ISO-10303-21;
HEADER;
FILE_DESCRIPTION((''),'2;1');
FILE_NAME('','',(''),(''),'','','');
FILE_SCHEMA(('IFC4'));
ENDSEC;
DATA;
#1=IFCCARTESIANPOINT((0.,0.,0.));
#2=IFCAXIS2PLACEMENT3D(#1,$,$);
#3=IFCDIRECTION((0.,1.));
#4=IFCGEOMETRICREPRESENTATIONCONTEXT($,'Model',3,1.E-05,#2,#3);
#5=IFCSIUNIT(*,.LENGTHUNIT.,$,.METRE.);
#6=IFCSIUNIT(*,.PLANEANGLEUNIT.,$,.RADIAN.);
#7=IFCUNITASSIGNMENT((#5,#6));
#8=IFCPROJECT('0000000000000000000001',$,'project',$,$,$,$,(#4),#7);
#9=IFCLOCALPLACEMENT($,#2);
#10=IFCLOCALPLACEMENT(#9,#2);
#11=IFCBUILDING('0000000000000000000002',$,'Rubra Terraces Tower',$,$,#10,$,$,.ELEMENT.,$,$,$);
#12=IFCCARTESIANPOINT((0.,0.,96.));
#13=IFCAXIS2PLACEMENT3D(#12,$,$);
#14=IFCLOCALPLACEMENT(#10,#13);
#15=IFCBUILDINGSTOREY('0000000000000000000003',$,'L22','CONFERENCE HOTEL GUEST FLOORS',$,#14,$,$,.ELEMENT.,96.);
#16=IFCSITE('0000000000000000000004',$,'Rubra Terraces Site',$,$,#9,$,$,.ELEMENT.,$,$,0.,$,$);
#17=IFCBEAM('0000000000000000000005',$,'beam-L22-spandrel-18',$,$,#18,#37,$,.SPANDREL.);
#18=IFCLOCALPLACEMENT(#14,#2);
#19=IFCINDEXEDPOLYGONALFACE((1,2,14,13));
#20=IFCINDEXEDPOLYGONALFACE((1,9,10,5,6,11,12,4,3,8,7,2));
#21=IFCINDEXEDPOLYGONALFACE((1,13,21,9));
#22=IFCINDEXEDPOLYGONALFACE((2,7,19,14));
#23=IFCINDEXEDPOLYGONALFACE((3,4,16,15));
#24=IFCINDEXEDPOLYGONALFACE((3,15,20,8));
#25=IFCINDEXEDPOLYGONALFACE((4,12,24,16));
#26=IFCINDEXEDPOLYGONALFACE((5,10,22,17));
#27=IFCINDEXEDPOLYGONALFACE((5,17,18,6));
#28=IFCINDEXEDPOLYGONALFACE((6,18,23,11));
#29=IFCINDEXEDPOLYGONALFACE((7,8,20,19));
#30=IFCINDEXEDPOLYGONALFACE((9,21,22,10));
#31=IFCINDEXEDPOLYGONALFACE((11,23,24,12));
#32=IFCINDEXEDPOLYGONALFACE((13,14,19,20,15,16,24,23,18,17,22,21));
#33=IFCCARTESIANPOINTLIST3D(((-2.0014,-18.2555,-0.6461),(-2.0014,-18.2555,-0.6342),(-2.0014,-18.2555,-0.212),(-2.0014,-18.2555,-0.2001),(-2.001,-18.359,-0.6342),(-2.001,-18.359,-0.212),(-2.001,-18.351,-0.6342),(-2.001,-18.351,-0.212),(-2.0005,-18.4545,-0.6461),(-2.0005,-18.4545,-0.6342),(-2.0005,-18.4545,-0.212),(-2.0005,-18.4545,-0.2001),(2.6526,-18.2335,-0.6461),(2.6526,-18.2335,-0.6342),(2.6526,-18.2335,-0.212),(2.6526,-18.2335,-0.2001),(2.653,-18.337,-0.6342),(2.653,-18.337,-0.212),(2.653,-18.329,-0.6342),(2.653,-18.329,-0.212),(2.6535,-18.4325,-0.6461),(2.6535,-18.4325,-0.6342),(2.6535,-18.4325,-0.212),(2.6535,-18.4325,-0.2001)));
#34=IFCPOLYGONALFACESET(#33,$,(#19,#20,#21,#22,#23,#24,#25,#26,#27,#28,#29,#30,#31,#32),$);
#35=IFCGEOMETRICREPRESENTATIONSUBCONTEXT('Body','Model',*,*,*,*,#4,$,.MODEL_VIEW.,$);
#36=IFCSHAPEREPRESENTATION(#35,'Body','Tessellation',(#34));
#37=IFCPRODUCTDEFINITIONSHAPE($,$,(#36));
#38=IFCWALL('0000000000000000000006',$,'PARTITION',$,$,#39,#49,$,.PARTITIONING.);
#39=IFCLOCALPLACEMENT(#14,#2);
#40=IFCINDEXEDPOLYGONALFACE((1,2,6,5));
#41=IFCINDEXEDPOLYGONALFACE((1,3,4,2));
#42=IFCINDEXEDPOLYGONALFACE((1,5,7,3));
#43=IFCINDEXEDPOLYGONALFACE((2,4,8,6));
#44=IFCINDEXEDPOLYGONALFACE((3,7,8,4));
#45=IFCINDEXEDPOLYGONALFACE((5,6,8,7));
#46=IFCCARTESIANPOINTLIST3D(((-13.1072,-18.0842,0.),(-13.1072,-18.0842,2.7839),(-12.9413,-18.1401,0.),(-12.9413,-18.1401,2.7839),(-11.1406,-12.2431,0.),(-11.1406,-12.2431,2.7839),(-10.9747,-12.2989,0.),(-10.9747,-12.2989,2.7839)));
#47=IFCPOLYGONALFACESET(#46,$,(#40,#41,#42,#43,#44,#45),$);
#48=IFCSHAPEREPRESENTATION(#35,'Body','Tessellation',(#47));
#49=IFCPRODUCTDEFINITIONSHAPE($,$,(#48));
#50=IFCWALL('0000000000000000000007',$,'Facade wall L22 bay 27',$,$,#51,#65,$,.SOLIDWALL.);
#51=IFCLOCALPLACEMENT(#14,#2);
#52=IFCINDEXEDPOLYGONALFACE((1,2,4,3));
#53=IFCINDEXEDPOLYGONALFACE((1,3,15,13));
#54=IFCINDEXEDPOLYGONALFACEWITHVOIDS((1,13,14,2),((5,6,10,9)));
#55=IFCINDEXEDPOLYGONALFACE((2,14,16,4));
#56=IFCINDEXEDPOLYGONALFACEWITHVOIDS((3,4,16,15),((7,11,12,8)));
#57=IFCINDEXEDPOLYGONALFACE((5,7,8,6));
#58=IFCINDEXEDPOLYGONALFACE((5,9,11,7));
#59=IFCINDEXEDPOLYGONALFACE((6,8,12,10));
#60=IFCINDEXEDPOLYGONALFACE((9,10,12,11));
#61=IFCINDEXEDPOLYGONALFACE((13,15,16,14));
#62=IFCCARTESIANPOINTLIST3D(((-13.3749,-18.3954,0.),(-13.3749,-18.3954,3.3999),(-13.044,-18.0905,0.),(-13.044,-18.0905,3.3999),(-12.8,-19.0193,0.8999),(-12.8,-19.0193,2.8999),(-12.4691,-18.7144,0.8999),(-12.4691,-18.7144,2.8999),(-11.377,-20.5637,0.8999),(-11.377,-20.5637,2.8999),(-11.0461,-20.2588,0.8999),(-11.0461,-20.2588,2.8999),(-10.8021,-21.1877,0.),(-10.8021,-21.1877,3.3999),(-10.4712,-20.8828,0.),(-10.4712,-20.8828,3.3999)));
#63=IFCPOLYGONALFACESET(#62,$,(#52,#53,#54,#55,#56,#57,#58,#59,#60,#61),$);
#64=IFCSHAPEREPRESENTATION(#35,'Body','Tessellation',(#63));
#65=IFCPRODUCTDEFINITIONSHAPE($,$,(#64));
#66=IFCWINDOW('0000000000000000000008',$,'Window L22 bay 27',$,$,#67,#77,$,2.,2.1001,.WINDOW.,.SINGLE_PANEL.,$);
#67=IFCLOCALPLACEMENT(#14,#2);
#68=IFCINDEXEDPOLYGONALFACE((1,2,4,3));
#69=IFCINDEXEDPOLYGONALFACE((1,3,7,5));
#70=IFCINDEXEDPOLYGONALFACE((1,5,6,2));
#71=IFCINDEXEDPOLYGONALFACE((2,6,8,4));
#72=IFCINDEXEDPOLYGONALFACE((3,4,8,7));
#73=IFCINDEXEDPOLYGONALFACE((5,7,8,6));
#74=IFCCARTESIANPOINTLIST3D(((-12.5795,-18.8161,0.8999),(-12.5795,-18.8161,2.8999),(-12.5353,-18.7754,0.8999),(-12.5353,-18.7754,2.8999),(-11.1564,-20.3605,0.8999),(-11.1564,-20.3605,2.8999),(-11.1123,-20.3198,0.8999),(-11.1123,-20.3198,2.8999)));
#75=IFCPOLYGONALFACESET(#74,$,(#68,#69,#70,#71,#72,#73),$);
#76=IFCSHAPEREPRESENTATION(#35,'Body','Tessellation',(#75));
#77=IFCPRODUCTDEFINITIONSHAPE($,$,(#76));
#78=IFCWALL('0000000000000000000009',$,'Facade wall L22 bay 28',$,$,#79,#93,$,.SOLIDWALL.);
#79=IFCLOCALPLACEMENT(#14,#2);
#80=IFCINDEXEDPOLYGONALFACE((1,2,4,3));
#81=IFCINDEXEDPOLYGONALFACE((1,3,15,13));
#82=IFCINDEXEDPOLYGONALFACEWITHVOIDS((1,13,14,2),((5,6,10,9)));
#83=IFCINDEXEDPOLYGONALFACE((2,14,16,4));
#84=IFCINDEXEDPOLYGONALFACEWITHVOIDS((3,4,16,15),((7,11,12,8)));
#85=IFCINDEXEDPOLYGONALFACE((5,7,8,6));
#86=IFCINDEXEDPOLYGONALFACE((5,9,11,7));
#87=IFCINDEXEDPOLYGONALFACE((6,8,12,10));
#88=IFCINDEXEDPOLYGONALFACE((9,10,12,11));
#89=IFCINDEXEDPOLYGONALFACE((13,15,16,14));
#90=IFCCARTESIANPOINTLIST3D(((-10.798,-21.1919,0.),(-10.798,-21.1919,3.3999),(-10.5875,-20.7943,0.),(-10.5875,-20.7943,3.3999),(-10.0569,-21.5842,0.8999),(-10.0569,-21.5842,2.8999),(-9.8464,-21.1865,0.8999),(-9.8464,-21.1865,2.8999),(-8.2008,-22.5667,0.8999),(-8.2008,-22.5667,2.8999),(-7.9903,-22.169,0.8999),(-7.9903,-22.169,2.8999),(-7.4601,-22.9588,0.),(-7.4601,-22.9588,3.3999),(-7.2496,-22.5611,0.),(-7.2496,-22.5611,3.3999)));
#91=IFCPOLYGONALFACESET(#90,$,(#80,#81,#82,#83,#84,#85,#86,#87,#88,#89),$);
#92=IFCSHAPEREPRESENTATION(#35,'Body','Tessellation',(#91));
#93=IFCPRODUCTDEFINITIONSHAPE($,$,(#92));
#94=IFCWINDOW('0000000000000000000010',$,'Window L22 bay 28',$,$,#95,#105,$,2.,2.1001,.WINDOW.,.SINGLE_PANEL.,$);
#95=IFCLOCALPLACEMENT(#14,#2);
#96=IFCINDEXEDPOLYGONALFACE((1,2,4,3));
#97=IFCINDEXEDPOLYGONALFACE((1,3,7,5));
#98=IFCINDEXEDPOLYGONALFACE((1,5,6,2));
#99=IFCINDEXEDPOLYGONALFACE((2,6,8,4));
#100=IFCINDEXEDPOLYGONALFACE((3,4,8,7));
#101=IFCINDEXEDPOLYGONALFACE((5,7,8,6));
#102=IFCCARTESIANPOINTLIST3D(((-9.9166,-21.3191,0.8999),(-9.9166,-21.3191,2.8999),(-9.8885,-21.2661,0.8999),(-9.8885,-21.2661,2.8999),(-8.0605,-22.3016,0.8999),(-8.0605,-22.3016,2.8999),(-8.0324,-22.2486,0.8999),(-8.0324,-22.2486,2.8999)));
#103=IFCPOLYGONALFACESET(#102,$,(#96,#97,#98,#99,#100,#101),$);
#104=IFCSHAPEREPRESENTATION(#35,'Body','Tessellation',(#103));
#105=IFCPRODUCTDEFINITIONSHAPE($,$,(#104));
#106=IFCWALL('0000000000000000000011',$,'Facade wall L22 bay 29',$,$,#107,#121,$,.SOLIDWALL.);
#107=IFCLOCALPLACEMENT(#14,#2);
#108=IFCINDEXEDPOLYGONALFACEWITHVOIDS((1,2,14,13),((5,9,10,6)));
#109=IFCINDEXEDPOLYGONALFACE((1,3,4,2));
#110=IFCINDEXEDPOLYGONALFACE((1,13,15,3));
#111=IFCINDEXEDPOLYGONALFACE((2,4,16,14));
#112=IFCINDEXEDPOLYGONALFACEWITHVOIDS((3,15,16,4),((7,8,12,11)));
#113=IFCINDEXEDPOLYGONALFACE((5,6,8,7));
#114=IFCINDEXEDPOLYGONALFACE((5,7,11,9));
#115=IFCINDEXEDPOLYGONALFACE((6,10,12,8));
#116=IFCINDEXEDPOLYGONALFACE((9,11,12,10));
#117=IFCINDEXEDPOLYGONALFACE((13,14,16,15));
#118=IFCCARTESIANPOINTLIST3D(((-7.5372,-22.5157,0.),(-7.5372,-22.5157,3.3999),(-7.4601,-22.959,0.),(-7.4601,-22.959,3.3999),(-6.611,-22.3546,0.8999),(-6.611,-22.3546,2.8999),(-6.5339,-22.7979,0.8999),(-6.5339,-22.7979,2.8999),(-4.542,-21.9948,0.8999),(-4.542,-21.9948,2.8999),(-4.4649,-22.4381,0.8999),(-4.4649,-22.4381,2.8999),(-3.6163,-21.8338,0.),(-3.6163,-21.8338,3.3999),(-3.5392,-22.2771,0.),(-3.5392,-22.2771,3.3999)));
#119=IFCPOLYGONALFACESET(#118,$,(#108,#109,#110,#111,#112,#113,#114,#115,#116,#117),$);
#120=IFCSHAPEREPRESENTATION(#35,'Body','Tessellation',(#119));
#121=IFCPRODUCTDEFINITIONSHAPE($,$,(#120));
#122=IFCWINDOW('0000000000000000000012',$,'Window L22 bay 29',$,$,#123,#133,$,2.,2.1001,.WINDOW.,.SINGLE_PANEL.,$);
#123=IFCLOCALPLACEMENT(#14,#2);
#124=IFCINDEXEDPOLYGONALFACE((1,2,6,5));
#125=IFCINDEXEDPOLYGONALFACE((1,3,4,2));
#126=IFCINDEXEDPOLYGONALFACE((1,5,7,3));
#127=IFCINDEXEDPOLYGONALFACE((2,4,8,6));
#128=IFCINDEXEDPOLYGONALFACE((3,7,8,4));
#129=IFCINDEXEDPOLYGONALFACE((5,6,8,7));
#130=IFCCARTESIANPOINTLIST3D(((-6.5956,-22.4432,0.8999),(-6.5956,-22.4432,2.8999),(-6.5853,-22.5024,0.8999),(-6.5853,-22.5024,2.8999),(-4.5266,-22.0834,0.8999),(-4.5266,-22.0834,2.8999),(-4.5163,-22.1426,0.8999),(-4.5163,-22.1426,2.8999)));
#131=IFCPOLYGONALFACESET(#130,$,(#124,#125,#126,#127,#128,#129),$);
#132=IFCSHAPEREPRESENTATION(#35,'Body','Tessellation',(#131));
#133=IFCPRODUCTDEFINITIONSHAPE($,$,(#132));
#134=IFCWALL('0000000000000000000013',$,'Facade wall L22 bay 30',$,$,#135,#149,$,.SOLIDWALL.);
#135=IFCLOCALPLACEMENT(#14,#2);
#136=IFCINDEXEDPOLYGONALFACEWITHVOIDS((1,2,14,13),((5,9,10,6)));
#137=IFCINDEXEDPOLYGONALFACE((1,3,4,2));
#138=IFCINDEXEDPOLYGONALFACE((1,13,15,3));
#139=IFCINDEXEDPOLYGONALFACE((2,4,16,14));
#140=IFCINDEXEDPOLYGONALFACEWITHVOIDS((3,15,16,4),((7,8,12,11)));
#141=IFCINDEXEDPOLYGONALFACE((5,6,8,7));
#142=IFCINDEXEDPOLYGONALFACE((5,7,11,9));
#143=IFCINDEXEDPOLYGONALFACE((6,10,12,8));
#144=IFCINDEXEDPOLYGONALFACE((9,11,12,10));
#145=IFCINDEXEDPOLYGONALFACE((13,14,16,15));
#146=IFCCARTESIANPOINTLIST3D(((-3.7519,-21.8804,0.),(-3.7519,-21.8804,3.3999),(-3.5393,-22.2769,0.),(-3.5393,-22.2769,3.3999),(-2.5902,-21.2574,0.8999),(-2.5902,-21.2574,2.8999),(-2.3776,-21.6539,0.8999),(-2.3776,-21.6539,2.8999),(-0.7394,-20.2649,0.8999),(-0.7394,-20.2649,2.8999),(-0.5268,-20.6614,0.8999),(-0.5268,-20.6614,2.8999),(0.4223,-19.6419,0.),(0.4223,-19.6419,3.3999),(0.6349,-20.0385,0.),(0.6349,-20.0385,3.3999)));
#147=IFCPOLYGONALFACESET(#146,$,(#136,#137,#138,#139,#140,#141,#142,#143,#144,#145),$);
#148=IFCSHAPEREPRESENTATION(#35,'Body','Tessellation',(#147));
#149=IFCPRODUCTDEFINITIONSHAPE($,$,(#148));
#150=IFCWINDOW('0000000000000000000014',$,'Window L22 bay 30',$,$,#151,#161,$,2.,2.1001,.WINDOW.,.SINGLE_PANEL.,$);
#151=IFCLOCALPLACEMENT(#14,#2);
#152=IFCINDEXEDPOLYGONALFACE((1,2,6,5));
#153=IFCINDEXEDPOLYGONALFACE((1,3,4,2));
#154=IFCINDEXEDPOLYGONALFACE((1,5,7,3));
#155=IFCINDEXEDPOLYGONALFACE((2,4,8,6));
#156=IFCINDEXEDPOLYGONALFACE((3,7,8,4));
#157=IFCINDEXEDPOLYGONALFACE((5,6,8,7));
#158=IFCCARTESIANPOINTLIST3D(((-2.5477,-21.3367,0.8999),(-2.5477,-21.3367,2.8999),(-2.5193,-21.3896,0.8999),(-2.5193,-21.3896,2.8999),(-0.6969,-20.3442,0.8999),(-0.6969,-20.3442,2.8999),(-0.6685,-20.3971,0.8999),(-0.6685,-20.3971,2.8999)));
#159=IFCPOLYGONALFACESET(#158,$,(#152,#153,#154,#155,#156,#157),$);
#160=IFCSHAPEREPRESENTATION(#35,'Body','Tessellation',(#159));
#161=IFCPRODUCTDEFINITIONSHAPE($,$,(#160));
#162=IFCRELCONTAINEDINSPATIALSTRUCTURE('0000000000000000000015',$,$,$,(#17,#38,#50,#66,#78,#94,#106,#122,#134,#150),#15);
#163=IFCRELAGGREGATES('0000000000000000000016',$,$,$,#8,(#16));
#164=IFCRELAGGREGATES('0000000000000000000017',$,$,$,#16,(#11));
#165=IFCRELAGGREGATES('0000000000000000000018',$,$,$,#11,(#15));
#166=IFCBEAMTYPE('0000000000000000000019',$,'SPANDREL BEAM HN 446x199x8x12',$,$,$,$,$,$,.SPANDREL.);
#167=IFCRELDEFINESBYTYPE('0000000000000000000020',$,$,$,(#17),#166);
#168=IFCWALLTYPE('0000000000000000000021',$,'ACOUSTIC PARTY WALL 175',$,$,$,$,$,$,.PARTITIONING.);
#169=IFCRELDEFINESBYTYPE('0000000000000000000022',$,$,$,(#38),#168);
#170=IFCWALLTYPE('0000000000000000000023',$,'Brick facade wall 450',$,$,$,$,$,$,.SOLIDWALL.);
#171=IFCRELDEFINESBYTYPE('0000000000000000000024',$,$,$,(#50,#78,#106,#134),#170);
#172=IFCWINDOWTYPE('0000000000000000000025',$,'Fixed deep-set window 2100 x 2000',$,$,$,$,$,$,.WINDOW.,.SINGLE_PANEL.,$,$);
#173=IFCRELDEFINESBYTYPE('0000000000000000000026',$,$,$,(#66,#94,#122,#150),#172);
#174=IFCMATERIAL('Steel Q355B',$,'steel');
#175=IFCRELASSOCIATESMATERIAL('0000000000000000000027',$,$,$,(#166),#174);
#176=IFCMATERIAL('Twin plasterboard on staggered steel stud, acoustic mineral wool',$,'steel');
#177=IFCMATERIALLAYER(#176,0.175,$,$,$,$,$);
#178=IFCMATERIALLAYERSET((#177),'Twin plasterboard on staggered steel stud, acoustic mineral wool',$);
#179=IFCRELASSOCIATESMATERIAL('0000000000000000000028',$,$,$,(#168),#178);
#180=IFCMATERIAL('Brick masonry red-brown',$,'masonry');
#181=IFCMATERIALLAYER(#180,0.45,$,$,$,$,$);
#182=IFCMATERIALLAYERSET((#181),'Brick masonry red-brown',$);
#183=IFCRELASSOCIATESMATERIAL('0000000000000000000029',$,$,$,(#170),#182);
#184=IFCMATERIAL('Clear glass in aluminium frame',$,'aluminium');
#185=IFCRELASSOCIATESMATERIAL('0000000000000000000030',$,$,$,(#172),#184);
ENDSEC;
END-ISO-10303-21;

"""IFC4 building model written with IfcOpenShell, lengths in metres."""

from ifc_helpers import new_model, si_unit, direction, frame, frame_2d, origin, origin_2d, place, context, subcontext, project, spatial, rectangle, i_section, extrude, material, layer, layer_set, material_profile, profile_set, type_object, element, fill, save


model = new_model("IFC4")

# Units and contexts
model_context = context("Model", 3, precision=1e-05, world=origin(), true_north=direction((0.0, 1.0)))
body_context = subcontext(model_context, "Body", "Model", "MODEL_VIEW")
ifc_project = project(units=[si_unit("LENGTHUNIT", "METRE"), si_unit("PLANEANGLEUNIT", "RADIAN")], contexts=[model_context])

# Site, building, storey
site_placement = place(None, origin())
site = spatial("IfcSite", under=ifc_project, at=site_placement, Name="Rubra Terraces Site", CompositionType="ELEMENT", RefElevation=0.0)
building_placement = place(site_placement, origin())
building = spatial("IfcBuilding", under=site, at=building_placement, Name="Rubra Terraces Tower", CompositionType="ELEMENT")
storey_placement = place(building_placement, frame((0.0, 0.0, 96.0)))
storey = spatial("IfcBuildingStorey", under=building, at=storey_placement, Name="L22", Description="CONFERENCE HOTEL GUEST FLOORS", CompositionType="ELEMENT", Elevation=96.0)

# Beam
ifc_material_1 = material(Name="Steel Q355B", Category="steel")
ifc_material_profile_1 = material_profile(ifc_material_1, i_section(OverallWidth=0.199, OverallDepth=0.446, WebThickness=0.0081, FlangeThickness=0.012, at=origin_2d()), Name="HN 446x199x8x12")
ifc_profile_set_1 = profile_set([ifc_material_profile_1], Name="Steel Q355B")
beam_type_1 = type_object("IfcBeamType", Name="SPANDREL BEAM HN 446x199x8x12", PredefinedType="SPANDREL", material=ifc_profile_set_1)
beam_1_placement = place(storey_placement, frame((-2.001, -18.355, -0.4231), z_axis=(0.999989, 0.004721, 0.0), x_axis=(-0.004721, 0.999989, 0.0)))
element("IfcBeam", 1, at=beam_1_placement, inside=storey, type_object=beam_type_1, Name="beam-L22-spandrel-18", PredefinedType="SPANDREL", context=body_context, shape_type="SweptSolid", body=[
    extrude(i_section(OverallWidth=0.199, OverallDepth=0.446, WebThickness=0.0081, FlangeThickness=0.012, at=origin_2d()), origin(), (0.0, 0.0, 1.0), 4.6541),
])

# Wall
ifc_material_2 = material(Name="Twin plasterboard on staggered steel stud, acoustic mineral wool", Category="steel")
ifc_layer_1 = layer(ifc_material_2, 0.175)
ifc_layer_set_1 = layer_set([ifc_layer_1], Name="Twin plasterboard on staggered steel stud, acoustic mineral wool")
wall_type_1 = type_object("IfcWallType", Name="ACOUSTIC PARTY WALL 175", PredefinedType="PARTITIONING", material=ifc_layer_set_1)
wall_1_placement = place(storey_placement, frame((-13.0242, -18.1121, 0.0), z_axis=(0.0, 0.0, 1.0), x_axis=(0.319078, 0.947728, 0.0)))
element("IfcWall", 2, at=wall_1_placement, inside=storey, type_object=wall_type_1, Name="PARTITION", PredefinedType="PARTITIONING", context=body_context, shape_type="SweptSolid", body=[
    extrude(rectangle(XDim=6.1633, YDim=0.175, at=frame_2d((3.0815, 0.0))), origin(), (0.0, 0.0, 1.0), 2.7839),
])

# Walls, openings, windows
ifc_material_3 = material(Name="Brick masonry red-brown", Category="masonry")
ifc_layer_2 = layer(ifc_material_3, 0.45)
ifc_layer_set_2 = layer_set([ifc_layer_2], Name="Brick masonry red-brown")
wall_type_2 = type_object("IfcWallType", Name="Brick facade wall 450", PredefinedType="SOLIDWALL", material=ifc_layer_set_2)
wall_2_placement = place(storey_placement, frame((-13.2095, -18.2429, 0.0), z_axis=(0.0, 0.0, 1.0), x_axis=(0.677612, -0.735419, 0.0)))
wall_2 = element("IfcWall", 3, at=wall_2_placement, inside=storey, type_object=wall_type_2, Name="Facade wall L22 bay 27", PredefinedType="SOLIDWALL", context=body_context, shape_type="SweptSolid", body=[
    extrude(rectangle(XDim=3.7969, YDim=0.45, at=frame_2d((1.8984, 0.0))), origin(), (0.0, 0.0, 1.0), 3.3999),
])
opening_1_placement = place(wall_2_placement, frame((0.8484, 0.0, 0.8999)))
opening_1 = element("IfcOpeningElement", 4, at=opening_1_placement, cuts=wall_2, PredefinedType="OPENING", context=body_context, shape_type="SweptSolid", body=[
    extrude(rectangle(XDim=2.1001, YDim=2.0, at=frame_2d((1.05, 1.0))), frame((0.0, 0.2349, 0.0), z_axis=(0.0, -1.0, 0.0), x_axis=(1.0, 0.0, 0.0)), (0.0, 0.0, 1.0), 0.47),
])
ifc_material_4 = material(Name="Clear glass in aluminium frame", Category="aluminium")
window_type = type_object("IfcWindowType", Name="Fixed deep-set window 2100 x 2000", PartitioningType="SINGLE_PANEL", PredefinedType="WINDOW", material=ifc_material_4)
window_1_placement = place(opening_1_placement, origin())
window_1 = element("IfcWindow", 5, at=window_1_placement, inside=storey, type_object=window_type, Name="Window L22 bay 27", OverallHeight=2.0, OverallWidth=2.1001, PartitioningType="SINGLE_PANEL", PredefinedType="WINDOW", context=body_context, shape_type="SweptSolid", body=[
    extrude(rectangle(XDim=2.1001, YDim=2.0, at=frame_2d((1.05, 1.0))), frame((0.0, 0.135, 0.0), z_axis=(0.0, -1.0, 0.0), x_axis=(1.0, 0.0, 0.0)), (0.0, 0.0, 1.0), 0.0601),
])
fill(opening_1, window_1)
wall_3_placement = place(storey_placement, frame((-10.6926, -20.9932, 0.0), z_axis=(0.0, 0.0, 1.0), x_axis=(0.883818, -0.467831, 0.0)))
wall_3 = element("IfcWall", 6, at=wall_3_placement, inside=storey, type_object=wall_type_2, Name="Facade wall L22 bay 28", PredefinedType="SOLIDWALL", context=body_context, shape_type="SweptSolid", body=[
    extrude(rectangle(XDim=3.7766, YDim=0.45, at=frame_2d((1.8882, 0.0))), origin(), (0.0, 0.0, 1.0), 3.3999),
])
opening_2_placement = place(wall_3_placement, frame((0.8384, 0.0, 0.8999)))
opening_2 = element("IfcOpeningElement", 7, at=opening_2_placement, cuts=wall_3, PredefinedType="OPENING", context=body_context, shape_type="SweptSolid", body=[
    extrude(rectangle(XDim=2.1001, YDim=2.0, at=frame_2d((1.05, 1.0))), frame((0.0, 0.2349, 0.0), z_axis=(0.0, -1.0, 0.0), x_axis=(1.0, 0.0, 0.0)), (0.0, 0.0, 1.0), 0.47),
])
window_2_placement = place(opening_2_placement, origin())
window_2 = element("IfcWindow", 8, at=window_2_placement, inside=storey, type_object=window_type, Name="Window L22 bay 28", OverallHeight=2.0, OverallWidth=2.1001, PartitioningType="SINGLE_PANEL", PredefinedType="WINDOW", context=body_context, shape_type="SweptSolid", body=[
    extrude(rectangle(XDim=2.1001, YDim=2.0, at=frame_2d((1.05, 1.0))), frame((0.0, 0.135, 0.0), z_axis=(0.0, -1.0, 0.0), x_axis=(1.0, 0.0, 0.0)), (0.0, 0.0, 1.0), 0.0601),
])
fill(opening_2, window_2)
wall_4_placement = place(storey_placement, frame((-7.4985, -22.7373, 0.0), z_axis=(0.0, 0.0, 1.0), x_axis=(0.985212, 0.171339, 0.0)))
wall_4 = element("IfcWall", 9, at=wall_4_placement, inside=storey, type_object=wall_type_2, Name="Facade wall L22 bay 29", PredefinedType="SOLIDWALL", context=body_context, shape_type="SweptSolid", body=[
    extrude(rectangle(XDim=3.9797, YDim=0.45, at=frame_2d((1.9897, 0.0))), origin(), (0.0, 0.0, 1.0), 3.3999),
])
opening_3_placement = place(wall_4_placement, frame((0.9399, 0.0, 0.8999)))
opening_3 = element("IfcOpeningElement", 10, at=opening_3_placement, cuts=wall_4, PredefinedType="OPENING", context=body_context, shape_type="SweptSolid", body=[
    extrude(rectangle(XDim=2.1001, YDim=2.0, at=frame_2d((1.05, 1.0))), frame((0.0, 0.2349, 0.0), z_axis=(0.0, -1.0, 0.0), x_axis=(1.0, 0.0, 0.0)), (0.0, 0.0, 1.0), 0.47),
])
window_3_placement = place(opening_3_placement, origin())
window_3 = element("IfcWindow", 11, at=window_3_placement, inside=storey, type_object=window_type, Name="Window L22 bay 29", OverallHeight=2.0, OverallWidth=2.1001, PartitioningType="SINGLE_PANEL", PredefinedType="WINDOW", context=body_context, shape_type="SweptSolid", body=[
    extrude(rectangle(XDim=2.1001, YDim=2.0, at=frame_2d((1.05, 1.0))), frame((0.0, 0.135, 0.0), z_axis=(0.0, -1.0, 0.0), x_axis=(1.0, 0.0, 0.0)), (0.0, 0.0, 1.0), 0.0601),
])
fill(opening_3, window_3)
wall_5_placement = place(storey_placement, frame((-3.6455, -22.0786, 0.0), z_axis=(0.0, 0.0, 1.0), x_axis=(0.881279, 0.472596, 0.0)))
wall_5 = element("IfcWall", 12, at=wall_5_placement, inside=storey, type_object=wall_type_2, Name="Facade wall L22 bay 30", PredefinedType="SOLIDWALL", context=body_context, shape_type="SweptSolid", body=[
    extrude(rectangle(XDim=4.7366, YDim=0.45, at=frame_2d((2.3682, 0.0))), origin(), (0.0, 0.0, 1.0), 3.3999),
])
opening_4_placement = place(wall_5_placement, frame((1.3181, 0.0, 0.8999)))
opening_4 = element("IfcOpeningElement", 13, at=opening_4_placement, cuts=wall_5, PredefinedType="OPENING", context=body_context, shape_type="SweptSolid", body=[
    extrude(rectangle(XDim=2.1001, YDim=2.0, at=frame_2d((1.05, 1.0))), frame((0.0, 0.2349, 0.0), z_axis=(0.0, -1.0, 0.0), x_axis=(1.0, 0.0, 0.0)), (0.0, 0.0, 1.0), 0.47),
])
window_4_placement = place(opening_4_placement, origin())
window_4 = element("IfcWindow", 14, at=window_4_placement, inside=storey, type_object=window_type, Name="Window L22 bay 30", OverallHeight=2.0, OverallWidth=2.1001, PartitioningType="SINGLE_PANEL", PredefinedType="WINDOW", context=body_context, shape_type="SweptSolid", body=[
    extrude(rectangle(XDim=2.1001, YDim=2.0, at=frame_2d((1.05, 1.0))), frame((0.0, 0.135, 0.0), z_axis=(0.0, -1.0, 0.0), x_axis=(1.0, 0.0, 0.0)), (0.0, 0.0, 1.0), 0.0601),
])
fill(opening_4, window_4)

save(model, "model.ifc")
